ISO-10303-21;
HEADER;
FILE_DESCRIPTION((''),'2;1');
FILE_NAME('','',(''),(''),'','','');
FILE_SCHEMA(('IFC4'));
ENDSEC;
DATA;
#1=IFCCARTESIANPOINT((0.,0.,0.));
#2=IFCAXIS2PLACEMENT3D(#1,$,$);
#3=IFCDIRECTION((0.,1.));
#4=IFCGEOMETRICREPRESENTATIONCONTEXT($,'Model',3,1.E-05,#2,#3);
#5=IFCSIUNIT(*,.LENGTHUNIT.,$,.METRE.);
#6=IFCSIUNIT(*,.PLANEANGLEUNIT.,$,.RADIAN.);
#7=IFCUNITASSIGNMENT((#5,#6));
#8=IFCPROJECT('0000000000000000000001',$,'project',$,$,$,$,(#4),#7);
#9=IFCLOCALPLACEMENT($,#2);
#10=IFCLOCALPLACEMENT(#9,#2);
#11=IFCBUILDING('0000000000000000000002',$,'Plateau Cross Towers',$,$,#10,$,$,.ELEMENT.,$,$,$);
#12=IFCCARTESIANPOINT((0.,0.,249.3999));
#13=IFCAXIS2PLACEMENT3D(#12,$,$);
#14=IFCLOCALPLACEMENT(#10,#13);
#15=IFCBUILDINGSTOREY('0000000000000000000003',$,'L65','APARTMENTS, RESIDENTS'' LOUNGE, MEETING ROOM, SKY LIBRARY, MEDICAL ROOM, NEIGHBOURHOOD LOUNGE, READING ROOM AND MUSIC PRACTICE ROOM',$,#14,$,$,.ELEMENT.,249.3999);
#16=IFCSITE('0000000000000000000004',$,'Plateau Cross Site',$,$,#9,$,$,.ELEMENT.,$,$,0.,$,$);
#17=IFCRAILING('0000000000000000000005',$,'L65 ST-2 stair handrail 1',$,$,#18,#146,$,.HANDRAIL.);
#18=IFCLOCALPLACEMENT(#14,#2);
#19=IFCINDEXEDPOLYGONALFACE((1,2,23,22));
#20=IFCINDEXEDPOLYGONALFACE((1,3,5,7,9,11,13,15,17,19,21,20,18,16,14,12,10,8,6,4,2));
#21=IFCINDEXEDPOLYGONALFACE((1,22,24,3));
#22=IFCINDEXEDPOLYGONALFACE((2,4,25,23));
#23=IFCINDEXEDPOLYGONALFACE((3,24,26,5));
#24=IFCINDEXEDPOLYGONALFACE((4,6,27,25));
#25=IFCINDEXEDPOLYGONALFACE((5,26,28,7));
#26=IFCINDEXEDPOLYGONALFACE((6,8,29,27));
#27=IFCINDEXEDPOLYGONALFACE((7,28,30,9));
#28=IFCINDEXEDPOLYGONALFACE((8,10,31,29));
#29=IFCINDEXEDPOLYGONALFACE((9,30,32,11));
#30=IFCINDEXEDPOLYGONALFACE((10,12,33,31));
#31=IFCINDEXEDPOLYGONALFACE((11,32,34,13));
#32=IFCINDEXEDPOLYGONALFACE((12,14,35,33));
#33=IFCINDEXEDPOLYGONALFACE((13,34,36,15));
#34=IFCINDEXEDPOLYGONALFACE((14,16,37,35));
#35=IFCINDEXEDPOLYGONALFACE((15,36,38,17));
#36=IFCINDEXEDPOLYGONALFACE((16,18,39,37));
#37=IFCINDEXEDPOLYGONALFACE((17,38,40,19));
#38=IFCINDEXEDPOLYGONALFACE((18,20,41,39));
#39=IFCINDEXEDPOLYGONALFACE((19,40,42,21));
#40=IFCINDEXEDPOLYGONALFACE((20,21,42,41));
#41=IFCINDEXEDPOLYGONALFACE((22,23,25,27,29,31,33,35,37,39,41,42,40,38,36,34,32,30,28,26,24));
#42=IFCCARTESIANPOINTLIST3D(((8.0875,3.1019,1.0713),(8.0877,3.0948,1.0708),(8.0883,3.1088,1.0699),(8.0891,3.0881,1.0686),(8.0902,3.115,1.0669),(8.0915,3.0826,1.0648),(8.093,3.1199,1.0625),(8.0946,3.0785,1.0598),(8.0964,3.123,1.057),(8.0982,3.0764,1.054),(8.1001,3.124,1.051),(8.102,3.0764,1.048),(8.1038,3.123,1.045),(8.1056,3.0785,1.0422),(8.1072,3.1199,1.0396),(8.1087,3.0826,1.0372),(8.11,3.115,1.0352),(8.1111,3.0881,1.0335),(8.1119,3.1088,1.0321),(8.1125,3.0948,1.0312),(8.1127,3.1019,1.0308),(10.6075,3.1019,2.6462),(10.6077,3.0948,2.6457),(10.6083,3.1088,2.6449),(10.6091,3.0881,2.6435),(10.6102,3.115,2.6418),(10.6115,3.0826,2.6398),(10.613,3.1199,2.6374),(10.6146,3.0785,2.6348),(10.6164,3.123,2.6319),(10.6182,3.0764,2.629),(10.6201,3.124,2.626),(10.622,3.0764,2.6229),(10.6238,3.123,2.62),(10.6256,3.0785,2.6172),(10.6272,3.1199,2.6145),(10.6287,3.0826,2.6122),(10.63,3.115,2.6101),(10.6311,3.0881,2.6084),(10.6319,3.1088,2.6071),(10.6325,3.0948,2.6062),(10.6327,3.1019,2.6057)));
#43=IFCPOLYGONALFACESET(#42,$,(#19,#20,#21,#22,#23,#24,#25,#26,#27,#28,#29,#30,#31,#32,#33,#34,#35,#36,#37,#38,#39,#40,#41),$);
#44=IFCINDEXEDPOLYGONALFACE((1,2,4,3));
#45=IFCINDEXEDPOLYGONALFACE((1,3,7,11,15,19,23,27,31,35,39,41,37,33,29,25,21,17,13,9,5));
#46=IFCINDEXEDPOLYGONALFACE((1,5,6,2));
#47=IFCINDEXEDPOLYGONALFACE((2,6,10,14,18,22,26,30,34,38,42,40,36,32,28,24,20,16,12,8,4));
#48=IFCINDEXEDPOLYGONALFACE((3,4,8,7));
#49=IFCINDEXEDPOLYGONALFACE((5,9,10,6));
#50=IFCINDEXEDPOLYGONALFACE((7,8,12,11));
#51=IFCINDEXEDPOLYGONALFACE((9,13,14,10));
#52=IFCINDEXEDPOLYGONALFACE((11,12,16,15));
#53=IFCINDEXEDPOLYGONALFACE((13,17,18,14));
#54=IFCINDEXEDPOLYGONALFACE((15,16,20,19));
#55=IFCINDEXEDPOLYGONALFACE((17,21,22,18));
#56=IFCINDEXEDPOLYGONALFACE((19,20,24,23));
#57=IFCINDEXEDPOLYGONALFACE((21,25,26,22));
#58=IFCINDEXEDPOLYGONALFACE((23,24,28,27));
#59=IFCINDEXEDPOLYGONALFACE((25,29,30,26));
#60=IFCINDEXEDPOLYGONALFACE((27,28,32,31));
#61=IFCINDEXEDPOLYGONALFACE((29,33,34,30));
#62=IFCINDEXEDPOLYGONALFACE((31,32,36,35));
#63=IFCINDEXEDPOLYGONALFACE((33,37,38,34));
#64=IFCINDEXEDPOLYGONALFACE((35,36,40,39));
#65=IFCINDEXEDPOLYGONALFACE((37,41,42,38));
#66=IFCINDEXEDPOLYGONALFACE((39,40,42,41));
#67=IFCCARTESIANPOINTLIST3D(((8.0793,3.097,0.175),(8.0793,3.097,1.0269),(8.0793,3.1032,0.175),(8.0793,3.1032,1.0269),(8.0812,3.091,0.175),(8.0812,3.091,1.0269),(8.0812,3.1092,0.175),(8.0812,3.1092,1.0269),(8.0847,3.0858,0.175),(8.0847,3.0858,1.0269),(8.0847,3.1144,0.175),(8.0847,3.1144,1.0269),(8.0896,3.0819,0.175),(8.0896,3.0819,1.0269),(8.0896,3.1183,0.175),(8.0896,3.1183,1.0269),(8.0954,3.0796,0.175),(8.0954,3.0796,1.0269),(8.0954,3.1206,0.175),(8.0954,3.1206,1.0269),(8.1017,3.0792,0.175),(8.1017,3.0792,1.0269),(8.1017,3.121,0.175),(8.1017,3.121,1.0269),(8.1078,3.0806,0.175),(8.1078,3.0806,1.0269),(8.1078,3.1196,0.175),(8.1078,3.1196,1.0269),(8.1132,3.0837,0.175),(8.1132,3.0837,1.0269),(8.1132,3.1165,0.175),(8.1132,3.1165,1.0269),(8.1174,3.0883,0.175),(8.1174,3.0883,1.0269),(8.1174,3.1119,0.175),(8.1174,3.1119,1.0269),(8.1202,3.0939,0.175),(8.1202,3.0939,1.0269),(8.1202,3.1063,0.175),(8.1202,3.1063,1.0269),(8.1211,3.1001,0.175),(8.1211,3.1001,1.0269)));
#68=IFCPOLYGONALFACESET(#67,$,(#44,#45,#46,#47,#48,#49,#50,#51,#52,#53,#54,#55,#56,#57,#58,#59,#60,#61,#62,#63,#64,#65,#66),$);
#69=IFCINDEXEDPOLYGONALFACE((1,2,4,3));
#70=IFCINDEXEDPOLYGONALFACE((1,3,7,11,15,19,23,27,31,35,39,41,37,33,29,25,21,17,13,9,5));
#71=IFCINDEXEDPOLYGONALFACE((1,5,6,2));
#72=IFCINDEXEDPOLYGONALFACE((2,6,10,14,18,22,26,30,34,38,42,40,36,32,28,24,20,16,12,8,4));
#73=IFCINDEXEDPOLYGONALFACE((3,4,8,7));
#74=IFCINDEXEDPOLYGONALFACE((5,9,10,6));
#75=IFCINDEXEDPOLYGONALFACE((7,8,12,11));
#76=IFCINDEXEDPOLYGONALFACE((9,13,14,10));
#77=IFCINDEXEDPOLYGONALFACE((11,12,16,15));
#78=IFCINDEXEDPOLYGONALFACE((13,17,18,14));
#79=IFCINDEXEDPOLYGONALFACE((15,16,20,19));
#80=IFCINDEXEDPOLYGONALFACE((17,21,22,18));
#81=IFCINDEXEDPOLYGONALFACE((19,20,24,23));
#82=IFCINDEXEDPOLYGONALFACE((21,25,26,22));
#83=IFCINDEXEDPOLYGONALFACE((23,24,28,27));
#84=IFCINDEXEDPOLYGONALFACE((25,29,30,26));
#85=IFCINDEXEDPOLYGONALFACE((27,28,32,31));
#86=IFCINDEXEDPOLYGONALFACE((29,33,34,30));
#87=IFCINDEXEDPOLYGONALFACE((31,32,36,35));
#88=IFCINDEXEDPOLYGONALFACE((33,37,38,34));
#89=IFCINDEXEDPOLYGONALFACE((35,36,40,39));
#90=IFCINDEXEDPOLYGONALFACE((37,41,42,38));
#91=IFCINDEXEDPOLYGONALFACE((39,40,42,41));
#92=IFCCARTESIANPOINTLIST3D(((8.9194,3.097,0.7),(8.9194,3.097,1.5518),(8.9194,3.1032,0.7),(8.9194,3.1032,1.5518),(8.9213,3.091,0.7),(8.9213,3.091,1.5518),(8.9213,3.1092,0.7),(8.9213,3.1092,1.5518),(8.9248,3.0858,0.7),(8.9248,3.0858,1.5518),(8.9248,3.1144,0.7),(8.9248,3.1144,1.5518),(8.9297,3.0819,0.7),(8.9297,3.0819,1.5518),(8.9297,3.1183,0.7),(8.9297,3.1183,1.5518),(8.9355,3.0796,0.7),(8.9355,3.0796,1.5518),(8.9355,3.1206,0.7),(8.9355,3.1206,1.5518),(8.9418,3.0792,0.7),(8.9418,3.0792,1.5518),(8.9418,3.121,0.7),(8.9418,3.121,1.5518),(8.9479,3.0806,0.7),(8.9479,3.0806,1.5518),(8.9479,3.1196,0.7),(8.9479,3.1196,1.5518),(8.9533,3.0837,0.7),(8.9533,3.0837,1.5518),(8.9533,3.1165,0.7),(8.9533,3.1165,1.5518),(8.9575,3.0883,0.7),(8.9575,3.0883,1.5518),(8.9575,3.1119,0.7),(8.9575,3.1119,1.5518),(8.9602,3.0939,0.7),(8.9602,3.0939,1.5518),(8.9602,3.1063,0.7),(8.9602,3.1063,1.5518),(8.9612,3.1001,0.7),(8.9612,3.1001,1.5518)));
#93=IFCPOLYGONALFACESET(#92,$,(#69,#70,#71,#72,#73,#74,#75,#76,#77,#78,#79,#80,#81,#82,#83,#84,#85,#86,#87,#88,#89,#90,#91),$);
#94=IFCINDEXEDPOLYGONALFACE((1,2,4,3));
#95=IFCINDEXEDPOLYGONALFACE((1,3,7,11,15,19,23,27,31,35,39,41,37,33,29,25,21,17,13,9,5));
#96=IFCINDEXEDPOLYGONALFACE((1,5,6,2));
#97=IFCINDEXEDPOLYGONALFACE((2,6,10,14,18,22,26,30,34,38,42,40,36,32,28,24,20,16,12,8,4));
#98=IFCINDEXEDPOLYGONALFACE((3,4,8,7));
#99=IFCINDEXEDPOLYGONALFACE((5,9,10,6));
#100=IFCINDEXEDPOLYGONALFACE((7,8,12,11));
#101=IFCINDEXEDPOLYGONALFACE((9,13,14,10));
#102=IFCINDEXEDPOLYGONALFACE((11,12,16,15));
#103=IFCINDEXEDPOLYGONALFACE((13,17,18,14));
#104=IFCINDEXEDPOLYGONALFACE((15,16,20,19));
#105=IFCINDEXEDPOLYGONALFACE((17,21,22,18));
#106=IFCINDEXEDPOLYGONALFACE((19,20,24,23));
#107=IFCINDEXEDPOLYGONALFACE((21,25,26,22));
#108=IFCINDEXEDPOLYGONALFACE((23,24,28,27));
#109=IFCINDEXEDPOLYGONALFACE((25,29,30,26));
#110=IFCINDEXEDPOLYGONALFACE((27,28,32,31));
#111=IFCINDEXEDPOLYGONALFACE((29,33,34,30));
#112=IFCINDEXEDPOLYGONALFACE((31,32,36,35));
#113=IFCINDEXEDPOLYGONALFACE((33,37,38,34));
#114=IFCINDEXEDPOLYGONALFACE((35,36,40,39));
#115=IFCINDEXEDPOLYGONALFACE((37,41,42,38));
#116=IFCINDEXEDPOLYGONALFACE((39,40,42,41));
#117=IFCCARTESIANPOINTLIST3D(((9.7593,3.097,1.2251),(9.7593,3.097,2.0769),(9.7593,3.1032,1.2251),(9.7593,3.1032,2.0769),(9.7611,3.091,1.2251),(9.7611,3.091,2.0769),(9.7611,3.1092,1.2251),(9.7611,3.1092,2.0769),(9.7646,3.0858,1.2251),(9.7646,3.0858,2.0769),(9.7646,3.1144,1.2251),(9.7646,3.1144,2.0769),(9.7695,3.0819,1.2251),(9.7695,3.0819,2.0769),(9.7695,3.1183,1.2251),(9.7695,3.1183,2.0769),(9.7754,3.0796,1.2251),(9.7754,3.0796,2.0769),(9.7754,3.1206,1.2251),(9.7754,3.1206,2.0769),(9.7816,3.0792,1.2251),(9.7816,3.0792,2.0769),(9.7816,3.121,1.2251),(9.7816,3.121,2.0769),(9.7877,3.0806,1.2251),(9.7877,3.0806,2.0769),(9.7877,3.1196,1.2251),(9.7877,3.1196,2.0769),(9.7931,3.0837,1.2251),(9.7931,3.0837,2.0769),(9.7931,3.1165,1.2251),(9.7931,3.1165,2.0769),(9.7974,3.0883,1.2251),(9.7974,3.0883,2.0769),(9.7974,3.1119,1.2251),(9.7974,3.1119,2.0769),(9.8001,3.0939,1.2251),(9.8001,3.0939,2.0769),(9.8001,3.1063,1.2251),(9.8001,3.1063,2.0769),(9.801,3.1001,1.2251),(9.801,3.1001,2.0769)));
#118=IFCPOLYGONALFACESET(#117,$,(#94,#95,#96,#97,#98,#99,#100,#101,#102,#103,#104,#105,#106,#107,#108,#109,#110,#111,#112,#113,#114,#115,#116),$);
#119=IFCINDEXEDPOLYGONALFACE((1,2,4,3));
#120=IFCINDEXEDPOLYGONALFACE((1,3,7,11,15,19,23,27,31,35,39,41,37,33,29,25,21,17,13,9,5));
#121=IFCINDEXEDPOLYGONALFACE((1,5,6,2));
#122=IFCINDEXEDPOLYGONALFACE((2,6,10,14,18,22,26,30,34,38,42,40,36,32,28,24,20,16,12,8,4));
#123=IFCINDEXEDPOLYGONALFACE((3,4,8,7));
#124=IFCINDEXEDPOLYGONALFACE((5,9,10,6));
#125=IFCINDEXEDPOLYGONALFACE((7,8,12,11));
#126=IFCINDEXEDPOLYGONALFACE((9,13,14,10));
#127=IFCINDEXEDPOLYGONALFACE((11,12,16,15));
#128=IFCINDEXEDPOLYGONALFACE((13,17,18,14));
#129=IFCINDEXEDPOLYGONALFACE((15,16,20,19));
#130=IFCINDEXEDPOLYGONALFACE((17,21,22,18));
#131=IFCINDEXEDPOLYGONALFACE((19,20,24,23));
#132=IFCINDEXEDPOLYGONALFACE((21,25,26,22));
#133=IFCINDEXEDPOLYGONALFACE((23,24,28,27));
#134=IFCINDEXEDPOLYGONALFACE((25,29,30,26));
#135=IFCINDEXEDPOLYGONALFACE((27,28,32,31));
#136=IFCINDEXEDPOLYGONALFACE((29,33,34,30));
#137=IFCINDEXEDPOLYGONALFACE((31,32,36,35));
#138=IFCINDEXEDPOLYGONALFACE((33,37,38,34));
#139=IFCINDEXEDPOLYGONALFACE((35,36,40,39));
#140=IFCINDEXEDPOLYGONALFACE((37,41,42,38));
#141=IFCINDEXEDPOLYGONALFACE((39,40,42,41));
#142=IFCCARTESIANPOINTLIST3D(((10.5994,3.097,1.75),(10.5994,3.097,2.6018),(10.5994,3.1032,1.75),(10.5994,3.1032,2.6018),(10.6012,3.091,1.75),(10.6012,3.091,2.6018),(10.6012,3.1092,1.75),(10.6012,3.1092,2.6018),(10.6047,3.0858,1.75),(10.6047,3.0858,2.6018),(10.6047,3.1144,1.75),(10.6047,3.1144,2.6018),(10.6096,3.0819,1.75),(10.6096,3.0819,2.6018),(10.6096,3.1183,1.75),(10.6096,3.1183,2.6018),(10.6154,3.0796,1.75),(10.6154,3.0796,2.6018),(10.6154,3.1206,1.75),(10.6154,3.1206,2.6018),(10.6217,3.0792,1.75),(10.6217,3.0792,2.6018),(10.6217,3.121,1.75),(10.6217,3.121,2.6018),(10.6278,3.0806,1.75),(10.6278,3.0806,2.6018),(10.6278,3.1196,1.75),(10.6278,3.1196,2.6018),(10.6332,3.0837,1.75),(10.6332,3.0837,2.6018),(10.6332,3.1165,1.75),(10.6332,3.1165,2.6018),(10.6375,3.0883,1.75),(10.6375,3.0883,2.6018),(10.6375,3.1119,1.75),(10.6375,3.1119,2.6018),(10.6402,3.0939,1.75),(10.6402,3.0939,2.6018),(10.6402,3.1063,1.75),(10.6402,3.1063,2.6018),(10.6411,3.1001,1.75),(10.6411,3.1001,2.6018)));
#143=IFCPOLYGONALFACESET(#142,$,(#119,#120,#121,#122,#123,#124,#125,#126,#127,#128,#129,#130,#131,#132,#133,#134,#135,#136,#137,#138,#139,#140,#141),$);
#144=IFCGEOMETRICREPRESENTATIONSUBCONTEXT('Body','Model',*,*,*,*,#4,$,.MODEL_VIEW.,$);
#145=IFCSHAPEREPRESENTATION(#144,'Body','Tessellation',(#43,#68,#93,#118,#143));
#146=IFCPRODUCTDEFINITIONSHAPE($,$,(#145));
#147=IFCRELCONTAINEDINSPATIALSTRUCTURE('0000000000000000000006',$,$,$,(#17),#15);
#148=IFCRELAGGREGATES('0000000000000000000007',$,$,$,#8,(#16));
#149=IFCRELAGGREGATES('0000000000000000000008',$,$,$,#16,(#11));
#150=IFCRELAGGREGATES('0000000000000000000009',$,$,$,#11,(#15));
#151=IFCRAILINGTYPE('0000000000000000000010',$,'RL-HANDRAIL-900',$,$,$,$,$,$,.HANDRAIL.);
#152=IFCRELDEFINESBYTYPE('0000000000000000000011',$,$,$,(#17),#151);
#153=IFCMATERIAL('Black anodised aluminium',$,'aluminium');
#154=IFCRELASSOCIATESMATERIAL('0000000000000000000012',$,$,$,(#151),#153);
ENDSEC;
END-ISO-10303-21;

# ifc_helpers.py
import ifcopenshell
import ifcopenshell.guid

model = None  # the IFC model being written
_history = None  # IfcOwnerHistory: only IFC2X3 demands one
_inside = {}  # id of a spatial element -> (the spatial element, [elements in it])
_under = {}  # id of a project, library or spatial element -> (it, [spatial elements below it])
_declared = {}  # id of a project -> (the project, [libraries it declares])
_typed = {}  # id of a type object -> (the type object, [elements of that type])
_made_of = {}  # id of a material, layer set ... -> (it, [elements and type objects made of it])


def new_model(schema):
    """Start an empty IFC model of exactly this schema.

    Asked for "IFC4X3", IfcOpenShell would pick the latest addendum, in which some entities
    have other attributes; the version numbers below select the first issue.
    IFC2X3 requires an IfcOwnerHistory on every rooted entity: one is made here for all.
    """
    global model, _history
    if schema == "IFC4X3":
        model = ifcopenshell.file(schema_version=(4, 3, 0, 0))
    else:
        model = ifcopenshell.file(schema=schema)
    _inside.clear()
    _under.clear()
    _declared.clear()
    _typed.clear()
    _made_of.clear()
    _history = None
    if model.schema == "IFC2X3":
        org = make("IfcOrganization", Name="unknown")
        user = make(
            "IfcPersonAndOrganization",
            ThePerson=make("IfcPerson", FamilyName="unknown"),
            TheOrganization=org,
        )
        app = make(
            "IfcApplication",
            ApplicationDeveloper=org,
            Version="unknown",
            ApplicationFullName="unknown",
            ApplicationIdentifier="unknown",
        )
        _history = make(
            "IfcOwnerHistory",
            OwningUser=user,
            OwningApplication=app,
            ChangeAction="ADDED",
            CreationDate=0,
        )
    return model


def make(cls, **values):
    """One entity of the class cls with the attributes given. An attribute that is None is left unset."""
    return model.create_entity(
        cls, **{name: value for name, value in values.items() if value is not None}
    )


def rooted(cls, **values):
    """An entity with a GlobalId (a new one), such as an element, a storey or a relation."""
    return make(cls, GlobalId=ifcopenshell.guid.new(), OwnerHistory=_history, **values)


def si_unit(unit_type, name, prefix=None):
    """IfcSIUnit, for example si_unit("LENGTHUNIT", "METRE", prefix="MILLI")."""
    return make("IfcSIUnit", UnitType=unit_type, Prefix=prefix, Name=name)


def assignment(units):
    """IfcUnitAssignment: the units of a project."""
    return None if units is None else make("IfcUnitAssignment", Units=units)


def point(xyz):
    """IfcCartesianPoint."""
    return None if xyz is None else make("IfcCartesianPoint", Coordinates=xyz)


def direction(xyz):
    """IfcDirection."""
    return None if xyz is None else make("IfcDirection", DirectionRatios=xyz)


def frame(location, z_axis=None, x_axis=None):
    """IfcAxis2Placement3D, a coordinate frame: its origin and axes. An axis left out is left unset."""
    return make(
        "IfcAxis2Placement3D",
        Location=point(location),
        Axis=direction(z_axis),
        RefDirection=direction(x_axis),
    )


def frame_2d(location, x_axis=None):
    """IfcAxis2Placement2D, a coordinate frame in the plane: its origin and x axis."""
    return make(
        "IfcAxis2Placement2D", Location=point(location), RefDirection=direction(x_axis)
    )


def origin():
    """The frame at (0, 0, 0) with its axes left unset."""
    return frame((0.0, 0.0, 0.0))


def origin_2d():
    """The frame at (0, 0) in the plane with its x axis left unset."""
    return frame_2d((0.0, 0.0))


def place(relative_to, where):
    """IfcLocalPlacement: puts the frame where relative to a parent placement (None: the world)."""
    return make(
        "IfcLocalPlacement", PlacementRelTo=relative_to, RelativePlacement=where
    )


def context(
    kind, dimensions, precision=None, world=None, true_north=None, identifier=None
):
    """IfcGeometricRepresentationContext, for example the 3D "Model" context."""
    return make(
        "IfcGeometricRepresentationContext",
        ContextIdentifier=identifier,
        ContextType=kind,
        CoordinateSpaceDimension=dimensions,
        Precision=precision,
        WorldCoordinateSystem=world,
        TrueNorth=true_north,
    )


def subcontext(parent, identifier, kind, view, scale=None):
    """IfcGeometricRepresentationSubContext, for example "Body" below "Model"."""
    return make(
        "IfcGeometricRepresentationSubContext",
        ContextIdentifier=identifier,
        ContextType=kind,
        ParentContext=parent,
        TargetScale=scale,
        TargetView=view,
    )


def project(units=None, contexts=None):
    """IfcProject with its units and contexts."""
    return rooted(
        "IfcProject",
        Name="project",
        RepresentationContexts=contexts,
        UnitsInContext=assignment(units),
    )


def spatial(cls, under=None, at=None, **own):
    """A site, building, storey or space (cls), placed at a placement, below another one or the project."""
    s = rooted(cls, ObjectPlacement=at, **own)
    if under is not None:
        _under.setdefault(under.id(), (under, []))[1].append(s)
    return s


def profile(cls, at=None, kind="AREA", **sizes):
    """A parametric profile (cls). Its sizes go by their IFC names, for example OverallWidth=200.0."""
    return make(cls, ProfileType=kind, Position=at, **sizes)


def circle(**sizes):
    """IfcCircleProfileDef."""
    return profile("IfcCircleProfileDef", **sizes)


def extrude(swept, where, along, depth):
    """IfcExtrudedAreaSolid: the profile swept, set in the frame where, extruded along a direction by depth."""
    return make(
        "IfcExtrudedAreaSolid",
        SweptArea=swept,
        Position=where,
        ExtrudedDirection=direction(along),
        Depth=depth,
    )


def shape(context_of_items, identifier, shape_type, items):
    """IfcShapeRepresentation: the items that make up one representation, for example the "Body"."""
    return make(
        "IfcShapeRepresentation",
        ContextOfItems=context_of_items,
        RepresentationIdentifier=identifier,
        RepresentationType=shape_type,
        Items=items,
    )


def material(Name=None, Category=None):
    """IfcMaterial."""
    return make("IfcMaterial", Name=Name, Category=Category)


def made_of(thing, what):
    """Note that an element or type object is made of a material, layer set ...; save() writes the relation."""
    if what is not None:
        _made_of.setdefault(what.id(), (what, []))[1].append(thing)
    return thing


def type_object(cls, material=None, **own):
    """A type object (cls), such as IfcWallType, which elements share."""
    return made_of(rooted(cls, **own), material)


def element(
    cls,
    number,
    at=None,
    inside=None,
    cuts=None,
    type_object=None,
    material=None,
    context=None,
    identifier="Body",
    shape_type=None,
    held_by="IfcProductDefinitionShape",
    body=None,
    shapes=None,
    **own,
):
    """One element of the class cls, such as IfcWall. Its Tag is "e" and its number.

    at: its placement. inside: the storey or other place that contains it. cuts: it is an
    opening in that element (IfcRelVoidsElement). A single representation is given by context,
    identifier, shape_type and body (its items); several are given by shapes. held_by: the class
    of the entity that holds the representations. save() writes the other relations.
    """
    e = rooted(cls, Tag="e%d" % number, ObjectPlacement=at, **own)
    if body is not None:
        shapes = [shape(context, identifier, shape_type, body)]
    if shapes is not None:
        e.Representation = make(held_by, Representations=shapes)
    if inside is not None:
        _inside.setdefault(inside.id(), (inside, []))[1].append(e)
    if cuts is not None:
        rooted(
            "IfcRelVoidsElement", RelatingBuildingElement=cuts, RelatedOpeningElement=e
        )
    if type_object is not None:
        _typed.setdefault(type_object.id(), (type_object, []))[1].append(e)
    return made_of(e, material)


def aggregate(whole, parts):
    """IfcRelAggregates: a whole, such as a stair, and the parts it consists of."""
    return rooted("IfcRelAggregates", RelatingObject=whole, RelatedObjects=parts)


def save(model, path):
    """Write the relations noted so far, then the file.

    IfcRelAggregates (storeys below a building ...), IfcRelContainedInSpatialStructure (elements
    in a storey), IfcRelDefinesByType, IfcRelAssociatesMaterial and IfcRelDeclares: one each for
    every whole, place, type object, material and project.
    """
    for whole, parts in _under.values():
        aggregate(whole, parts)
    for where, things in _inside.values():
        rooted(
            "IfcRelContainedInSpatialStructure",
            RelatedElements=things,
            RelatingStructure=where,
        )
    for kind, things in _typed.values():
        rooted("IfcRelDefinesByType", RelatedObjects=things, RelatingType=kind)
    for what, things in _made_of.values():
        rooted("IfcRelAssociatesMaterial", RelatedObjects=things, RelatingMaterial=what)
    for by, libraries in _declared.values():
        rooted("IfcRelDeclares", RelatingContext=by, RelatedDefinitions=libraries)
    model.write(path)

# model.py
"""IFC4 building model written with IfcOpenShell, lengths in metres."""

from ifc_helpers import new_model, si_unit, direction, frame, origin, origin_2d, place, context, subcontext, project, spatial, circle, extrude, material, type_object, element, save


model = new_model("IFC4")

# Units and contexts
model_context = context("Model", 3, precision=1e-05, world=origin(), true_north=direction((0.0, 1.0)))
body_context = subcontext(model_context, "Body", "Model", "MODEL_VIEW")
ifc_project = project(units=[si_unit("LENGTHUNIT", "METRE"), si_unit("PLANEANGLEUNIT", "RADIAN")], contexts=[model_context])

# Site, building, storey
site_placement = place(None, origin())
site = spatial("IfcSite", under=ifc_project, at=site_placement, Name="Plateau Cross Site", CompositionType="ELEMENT", RefElevation=0.0)
building_placement = place(site_placement, origin())
building = spatial("IfcBuilding", under=site, at=building_placement, Name="Plateau Cross Towers", CompositionType="ELEMENT")
storey_placement = place(building_placement, frame((0.0, 0.0, 249.3999)))
storey = spatial("IfcBuildingStorey", under=building, at=storey_placement, Name="L65", Description="APARTMENTS, RESIDENTS' LOUNGE, MEETING ROOM, SKY LIBRARY, MEDICAL ROOM, NEIGHBOURHOOD LOUNGE, READING ROOM AND MUSIC PRACTICE ROOM", CompositionType="ELEMENT", Elevation=249.3999)

# Shared definitions
ifc_material_1 = material(Name="Black anodised aluminium", Category="aluminium")

# Railing
railing_type_1 = type_object("IfcRailingType", Name="RL-HANDRAIL-900", PredefinedType="HANDRAIL", material=ifc_material_1)
railing_1_placement = place(storey_placement, frame((8.1001, 3.1001, 0.175)))
element("IfcRailing", 1, at=railing_1_placement, inside=storey, type_object=railing_type_1, Name="L65 ST-2 stair handrail 1", PredefinedType="HANDRAIL", context=body_context, shape_type="SweptSolid", body=[
    extrude(circle(Radius=0.0239, at=origin_2d()), frame((0.0, 0.0, 0.876), z_axis=(0.848008, 0.0, 0.529984), x_axis=(0.0, 1.0, 0.0)), (0.0, 0.0, 1.0), 2.9717),
    extrude(circle(Radius=0.021, at=origin_2d()), origin(), (0.0, 0.0, 1.0), 0.8518),
    extrude(circle(Radius=0.021, at=origin_2d()), frame((0.8401, 0.0, 0.5249)), (0.0, 0.0, 1.0), 0.8518),
    extrude(circle(Radius=0.021, at=origin_2d()), frame((1.6799, 0.0, 1.05)), (0.0, 0.0, 1.0), 0.8518),
    extrude(circle(Radius=0.021, at=origin_2d()), frame((2.52, 0.0, 1.575)), (0.0, 0.0, 1.0), 0.8518),
])

save(model, "model.ifc")
